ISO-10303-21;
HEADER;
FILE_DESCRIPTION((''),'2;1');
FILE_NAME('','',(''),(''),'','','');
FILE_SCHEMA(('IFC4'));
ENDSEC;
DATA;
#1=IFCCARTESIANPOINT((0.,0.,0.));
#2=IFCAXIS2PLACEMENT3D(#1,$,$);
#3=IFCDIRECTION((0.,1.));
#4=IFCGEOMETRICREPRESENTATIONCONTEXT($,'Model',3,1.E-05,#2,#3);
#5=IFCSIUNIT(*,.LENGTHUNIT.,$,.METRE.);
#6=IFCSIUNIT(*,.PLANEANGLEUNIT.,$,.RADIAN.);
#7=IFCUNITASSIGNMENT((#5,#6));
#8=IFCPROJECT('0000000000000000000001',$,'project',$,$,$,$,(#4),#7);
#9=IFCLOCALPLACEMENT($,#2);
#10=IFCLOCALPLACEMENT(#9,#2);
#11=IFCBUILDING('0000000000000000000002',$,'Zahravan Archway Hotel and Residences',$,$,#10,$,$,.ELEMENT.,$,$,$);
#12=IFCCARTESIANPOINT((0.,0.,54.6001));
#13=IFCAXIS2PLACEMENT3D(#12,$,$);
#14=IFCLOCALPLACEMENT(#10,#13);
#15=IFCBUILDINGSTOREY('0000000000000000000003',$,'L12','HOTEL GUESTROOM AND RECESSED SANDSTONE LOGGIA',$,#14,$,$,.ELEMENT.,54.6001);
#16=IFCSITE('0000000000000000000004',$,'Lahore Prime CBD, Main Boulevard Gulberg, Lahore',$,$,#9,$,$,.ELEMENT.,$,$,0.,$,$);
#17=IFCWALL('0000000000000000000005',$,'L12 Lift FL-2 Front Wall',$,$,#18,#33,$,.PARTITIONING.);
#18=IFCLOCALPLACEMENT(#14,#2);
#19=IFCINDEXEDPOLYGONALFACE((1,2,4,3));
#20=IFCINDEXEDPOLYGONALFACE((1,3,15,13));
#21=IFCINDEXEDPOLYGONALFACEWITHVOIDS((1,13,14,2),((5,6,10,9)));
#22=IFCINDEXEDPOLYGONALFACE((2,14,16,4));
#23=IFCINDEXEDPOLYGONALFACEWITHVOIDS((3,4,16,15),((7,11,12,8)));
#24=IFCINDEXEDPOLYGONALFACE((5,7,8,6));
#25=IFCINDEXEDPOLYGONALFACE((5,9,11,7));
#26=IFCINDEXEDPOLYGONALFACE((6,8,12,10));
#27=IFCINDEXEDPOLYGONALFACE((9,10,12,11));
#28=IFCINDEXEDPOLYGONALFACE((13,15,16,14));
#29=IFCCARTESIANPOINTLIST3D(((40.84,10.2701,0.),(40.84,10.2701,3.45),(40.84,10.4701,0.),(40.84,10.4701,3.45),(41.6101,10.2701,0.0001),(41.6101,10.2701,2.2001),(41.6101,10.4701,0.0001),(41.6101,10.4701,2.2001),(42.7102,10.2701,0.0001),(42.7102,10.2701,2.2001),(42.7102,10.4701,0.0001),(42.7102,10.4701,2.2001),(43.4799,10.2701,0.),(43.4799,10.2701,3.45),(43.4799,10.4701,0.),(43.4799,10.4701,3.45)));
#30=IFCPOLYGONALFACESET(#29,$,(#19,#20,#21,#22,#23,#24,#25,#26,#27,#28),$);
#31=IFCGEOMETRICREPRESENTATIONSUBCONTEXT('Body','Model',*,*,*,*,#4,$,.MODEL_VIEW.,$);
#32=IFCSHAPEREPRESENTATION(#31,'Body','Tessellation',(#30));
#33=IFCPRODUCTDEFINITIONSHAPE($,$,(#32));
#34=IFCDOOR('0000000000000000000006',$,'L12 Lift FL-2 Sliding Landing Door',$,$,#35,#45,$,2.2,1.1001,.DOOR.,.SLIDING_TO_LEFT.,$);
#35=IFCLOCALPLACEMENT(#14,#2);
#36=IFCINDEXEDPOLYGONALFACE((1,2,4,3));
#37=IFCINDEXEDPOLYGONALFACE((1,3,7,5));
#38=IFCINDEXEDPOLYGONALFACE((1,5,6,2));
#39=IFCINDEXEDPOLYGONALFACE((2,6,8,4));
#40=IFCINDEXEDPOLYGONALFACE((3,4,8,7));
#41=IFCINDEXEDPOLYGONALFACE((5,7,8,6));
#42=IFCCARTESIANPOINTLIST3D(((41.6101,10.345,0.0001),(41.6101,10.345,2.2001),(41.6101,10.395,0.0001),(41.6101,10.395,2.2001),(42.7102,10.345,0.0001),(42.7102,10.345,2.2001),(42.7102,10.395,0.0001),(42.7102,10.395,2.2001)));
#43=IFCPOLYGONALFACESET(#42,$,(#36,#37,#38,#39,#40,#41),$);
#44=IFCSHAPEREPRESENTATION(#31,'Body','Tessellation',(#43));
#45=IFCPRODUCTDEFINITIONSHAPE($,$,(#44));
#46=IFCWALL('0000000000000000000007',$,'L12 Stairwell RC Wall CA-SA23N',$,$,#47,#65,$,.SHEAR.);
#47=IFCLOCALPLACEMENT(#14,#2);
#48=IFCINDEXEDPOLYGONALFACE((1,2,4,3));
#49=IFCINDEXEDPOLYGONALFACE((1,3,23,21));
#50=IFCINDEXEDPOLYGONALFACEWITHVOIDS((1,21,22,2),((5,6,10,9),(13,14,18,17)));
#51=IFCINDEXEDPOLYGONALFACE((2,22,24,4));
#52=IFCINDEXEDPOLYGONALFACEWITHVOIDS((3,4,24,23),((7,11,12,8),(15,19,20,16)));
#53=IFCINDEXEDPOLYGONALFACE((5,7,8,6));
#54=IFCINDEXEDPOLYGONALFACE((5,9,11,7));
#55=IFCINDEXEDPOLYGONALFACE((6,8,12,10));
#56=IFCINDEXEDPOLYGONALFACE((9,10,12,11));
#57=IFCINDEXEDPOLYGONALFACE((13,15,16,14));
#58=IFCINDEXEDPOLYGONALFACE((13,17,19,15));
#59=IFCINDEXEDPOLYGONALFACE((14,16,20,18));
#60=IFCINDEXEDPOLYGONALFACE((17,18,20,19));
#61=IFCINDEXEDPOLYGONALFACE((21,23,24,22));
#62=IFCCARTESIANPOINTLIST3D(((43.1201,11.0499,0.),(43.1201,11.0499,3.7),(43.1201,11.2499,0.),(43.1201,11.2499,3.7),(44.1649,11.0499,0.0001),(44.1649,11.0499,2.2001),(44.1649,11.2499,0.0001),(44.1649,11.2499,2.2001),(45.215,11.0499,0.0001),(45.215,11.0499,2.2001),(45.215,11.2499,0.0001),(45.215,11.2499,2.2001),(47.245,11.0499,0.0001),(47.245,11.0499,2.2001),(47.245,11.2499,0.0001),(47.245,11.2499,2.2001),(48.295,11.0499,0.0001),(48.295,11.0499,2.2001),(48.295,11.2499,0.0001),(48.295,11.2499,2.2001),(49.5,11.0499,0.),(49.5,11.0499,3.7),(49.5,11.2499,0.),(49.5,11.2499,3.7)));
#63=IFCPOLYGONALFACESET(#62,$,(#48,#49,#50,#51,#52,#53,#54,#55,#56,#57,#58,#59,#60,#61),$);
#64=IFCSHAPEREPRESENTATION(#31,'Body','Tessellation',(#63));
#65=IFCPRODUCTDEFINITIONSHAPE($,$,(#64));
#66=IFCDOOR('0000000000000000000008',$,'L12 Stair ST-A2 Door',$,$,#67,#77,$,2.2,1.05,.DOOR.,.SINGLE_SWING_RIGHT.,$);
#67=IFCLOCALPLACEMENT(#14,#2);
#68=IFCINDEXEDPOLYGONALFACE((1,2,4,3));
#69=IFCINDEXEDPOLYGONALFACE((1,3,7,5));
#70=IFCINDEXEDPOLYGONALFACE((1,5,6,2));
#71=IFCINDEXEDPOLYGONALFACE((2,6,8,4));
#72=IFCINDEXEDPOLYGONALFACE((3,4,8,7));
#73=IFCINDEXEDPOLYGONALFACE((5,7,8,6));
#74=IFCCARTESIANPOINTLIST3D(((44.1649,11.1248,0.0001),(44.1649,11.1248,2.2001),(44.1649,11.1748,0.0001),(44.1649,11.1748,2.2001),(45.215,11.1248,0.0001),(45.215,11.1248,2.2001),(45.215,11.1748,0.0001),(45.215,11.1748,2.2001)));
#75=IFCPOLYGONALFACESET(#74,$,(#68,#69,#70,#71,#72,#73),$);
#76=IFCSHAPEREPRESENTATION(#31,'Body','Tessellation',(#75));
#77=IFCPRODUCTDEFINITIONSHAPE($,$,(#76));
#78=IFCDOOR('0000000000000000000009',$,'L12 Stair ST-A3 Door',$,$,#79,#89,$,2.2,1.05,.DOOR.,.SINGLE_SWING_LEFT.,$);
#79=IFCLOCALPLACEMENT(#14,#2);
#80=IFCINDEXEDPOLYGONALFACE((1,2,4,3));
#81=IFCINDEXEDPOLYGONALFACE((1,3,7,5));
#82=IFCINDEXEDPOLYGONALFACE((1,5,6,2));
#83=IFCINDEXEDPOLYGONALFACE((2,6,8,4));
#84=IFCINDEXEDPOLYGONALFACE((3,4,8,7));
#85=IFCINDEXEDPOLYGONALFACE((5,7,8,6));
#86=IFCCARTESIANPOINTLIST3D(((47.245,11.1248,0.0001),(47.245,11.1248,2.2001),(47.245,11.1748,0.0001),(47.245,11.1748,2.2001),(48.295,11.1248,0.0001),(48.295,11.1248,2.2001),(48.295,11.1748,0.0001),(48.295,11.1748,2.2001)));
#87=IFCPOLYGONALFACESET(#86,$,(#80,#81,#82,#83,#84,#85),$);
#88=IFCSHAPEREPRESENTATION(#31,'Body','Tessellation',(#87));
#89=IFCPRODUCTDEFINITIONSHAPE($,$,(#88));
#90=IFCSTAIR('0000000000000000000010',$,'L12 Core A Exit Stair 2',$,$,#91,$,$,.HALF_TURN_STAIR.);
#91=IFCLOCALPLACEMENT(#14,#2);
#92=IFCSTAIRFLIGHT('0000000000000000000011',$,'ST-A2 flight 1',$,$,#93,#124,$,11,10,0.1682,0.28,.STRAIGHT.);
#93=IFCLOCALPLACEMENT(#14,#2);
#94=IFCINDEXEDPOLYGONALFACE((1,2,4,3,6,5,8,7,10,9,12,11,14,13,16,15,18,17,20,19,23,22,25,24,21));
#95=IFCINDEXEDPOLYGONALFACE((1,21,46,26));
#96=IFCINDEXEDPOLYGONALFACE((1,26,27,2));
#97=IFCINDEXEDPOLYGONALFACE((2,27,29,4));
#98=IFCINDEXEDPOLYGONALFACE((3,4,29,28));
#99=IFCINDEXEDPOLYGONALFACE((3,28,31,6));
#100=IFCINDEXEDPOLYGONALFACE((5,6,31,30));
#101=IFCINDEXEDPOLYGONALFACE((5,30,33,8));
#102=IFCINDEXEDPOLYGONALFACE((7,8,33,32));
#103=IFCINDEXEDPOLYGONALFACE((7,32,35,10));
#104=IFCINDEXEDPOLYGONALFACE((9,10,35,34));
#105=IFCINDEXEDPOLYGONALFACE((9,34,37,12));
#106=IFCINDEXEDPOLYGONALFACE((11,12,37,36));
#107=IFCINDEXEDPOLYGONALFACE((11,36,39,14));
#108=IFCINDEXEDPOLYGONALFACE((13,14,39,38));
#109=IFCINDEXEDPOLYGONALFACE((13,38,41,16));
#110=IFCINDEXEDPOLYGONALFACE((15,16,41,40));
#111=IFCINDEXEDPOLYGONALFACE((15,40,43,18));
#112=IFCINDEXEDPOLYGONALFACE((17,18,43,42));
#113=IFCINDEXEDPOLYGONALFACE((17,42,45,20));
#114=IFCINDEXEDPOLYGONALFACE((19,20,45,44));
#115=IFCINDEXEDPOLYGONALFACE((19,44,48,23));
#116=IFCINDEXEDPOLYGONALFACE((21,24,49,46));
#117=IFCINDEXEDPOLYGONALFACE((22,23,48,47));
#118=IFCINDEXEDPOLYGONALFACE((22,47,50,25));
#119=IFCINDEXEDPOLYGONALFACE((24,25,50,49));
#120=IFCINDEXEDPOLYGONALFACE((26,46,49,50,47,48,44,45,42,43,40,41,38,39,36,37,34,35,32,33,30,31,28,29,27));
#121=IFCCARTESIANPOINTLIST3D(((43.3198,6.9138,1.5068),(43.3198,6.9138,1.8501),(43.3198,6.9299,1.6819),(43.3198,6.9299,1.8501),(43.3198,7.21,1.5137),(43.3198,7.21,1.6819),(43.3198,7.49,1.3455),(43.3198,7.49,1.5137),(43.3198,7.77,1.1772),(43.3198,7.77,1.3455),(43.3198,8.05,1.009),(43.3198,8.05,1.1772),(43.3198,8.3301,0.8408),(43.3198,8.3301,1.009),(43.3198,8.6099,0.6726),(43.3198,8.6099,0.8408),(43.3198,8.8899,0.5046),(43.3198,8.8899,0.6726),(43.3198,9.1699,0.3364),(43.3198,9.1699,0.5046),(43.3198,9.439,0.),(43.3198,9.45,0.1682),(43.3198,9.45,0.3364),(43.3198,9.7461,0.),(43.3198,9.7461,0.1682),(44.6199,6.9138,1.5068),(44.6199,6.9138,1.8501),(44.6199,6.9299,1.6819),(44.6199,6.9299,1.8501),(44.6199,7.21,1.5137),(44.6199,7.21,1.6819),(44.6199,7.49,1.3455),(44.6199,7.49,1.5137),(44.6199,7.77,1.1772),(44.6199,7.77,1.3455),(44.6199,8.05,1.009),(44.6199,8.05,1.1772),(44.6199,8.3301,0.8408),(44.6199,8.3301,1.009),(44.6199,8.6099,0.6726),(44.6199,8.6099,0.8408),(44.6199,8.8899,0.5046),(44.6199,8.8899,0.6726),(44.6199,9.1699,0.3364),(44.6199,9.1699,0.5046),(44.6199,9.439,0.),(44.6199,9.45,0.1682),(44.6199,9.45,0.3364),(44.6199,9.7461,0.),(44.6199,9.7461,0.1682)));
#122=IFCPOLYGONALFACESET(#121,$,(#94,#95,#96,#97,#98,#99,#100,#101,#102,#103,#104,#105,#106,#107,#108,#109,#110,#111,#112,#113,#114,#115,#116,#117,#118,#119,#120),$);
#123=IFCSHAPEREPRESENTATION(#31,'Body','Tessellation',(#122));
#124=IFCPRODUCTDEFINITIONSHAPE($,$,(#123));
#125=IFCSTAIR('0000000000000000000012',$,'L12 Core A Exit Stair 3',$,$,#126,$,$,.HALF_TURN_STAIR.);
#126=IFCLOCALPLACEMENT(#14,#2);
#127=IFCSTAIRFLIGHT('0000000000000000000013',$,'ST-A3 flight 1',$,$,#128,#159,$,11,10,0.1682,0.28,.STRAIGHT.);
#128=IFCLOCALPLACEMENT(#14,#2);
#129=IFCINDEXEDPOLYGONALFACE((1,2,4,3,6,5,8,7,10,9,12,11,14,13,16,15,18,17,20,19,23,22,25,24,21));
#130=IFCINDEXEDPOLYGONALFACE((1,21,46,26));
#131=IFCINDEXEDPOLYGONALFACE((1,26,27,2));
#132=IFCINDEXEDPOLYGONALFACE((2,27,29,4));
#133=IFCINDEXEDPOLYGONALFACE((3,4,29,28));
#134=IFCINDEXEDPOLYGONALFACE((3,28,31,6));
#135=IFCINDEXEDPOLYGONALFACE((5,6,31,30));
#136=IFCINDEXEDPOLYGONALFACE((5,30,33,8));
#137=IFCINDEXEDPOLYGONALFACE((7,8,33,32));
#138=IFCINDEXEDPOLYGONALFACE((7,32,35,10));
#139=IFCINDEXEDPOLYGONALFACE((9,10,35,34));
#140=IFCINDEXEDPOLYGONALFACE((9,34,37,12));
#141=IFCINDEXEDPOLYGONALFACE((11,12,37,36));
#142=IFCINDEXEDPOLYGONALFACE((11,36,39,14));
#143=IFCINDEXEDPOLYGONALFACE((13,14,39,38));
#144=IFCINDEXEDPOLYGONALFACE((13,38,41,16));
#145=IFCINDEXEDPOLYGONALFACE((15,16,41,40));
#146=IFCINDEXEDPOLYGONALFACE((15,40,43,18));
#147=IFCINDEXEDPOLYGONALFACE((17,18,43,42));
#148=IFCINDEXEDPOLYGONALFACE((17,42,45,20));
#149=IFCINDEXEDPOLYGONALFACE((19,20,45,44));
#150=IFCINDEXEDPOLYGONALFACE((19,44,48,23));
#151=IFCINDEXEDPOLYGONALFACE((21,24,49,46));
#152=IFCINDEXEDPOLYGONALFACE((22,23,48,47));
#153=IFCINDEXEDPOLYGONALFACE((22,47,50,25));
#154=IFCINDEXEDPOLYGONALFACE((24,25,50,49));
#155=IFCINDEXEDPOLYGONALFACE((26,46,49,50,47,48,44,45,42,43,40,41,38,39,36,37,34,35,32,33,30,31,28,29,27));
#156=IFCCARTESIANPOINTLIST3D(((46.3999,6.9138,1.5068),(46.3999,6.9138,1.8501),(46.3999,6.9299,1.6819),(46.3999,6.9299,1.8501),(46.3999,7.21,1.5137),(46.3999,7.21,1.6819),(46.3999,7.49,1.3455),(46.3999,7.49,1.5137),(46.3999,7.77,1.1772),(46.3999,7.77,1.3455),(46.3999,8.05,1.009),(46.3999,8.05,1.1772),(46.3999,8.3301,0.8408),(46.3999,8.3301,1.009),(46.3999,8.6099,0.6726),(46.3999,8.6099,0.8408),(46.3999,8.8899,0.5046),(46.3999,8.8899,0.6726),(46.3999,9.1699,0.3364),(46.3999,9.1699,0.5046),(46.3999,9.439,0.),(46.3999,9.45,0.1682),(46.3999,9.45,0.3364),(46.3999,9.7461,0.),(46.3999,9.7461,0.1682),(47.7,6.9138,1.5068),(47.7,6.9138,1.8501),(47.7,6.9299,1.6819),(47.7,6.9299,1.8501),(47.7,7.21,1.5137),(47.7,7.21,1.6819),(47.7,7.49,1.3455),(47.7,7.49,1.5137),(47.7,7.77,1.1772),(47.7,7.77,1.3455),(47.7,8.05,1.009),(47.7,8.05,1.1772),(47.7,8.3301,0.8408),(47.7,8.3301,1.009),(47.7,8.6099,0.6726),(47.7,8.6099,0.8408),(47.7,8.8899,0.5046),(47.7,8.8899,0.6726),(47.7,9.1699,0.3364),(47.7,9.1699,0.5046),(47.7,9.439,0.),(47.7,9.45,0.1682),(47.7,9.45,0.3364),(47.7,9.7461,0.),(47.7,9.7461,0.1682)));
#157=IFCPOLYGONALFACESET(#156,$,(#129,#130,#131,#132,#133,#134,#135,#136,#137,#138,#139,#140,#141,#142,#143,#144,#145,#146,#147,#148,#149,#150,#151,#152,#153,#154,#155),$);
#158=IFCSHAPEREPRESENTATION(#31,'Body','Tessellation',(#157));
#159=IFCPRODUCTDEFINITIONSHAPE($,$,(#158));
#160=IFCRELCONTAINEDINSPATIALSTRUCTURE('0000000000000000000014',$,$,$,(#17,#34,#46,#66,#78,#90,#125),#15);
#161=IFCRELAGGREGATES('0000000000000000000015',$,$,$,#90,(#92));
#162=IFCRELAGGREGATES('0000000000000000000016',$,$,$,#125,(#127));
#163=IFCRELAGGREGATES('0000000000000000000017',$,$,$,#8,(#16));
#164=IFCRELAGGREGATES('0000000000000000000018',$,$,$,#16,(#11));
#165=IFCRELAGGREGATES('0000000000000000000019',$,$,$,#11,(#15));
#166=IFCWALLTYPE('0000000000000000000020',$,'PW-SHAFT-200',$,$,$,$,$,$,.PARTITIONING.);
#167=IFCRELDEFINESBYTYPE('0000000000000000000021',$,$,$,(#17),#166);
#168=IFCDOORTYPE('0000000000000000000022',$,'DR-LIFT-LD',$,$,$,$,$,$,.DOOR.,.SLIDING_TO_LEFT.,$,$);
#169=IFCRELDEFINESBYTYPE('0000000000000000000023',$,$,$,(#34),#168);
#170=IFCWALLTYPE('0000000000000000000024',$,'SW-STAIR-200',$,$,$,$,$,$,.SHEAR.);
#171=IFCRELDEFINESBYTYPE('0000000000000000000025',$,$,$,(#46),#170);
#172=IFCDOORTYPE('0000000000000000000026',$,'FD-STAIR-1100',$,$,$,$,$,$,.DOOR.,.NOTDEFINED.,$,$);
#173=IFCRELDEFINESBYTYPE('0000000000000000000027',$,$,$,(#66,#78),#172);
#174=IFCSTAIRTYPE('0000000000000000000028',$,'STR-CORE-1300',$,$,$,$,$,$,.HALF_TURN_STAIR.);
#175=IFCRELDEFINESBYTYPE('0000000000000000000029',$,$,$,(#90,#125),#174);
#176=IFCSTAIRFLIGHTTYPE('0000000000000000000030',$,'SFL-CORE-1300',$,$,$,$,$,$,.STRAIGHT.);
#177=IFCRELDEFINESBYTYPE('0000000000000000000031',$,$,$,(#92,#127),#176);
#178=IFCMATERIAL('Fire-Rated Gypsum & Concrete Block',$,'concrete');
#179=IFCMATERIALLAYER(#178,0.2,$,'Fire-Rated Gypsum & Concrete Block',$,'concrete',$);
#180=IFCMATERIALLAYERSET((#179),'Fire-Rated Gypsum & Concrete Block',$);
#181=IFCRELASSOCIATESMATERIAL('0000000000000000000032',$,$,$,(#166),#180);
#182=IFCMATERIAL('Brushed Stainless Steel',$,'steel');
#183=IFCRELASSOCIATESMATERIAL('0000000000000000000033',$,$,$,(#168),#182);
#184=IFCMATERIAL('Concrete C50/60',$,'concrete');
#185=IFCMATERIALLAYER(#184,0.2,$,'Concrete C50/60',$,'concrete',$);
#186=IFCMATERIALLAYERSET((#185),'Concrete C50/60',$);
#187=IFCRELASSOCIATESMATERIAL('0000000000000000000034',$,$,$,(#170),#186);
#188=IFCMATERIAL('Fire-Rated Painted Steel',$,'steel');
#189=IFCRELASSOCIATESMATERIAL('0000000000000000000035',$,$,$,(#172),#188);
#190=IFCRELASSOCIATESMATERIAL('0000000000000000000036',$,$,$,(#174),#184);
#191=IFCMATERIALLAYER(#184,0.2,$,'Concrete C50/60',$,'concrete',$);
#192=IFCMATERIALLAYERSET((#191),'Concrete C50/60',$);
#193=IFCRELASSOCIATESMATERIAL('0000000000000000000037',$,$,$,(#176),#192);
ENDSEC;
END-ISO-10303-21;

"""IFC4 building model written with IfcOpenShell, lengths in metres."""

from ifc_helpers import new_model, si_unit, direction, frame, frame_2d, origin, place, context, subcontext, project, spatial, polyline, rectangle, outline, extrude, source, transform, mapped, material, layer, layer_set, type_object, type_shapes, element, fill, aggregate, save


model = new_model("IFC4")

# Units and contexts
model_context = context("Model", 3, precision=1e-05, world=origin(), true_north=direction((0.0, 1.0)))
body_context = subcontext(model_context, "Body", "Model", "MODEL_VIEW")
ifc_project = project(units=[si_unit("LENGTHUNIT", "METRE"), si_unit("PLANEANGLEUNIT", "RADIAN")], contexts=[model_context])

# Site, building, storey
site_placement = place(None, origin())
site = spatial("IfcSite", under=ifc_project, at=site_placement, Name="Lahore Prime CBD, Main Boulevard Gulberg, Lahore", CompositionType="ELEMENT", RefElevation=0.0)
building_placement = place(site_placement, origin())
building = spatial("IfcBuilding", under=site, at=building_placement, Name="Zahravan Archway Hotel and Residences", CompositionType="ELEMENT")
storey_placement = place(building_placement, frame((0.0, 0.0, 54.6001)))
storey = spatial("IfcBuildingStorey", under=building, at=storey_placement, Name="L12", Description="HOTEL GUESTROOM AND RECESSED SANDSTONE LOGGIA", CompositionType="ELEMENT", Elevation=54.6001)

# Shared definitions
ifc_material_1 = material(Name="Fire-Rated Gypsum & Concrete Block", Category="concrete")
ifc_material_2 = material(Name="Fire-Rated Painted Steel", Category="steel")

# Shared definitions
ifc_layer_1 = layer(ifc_material_1, 0.2, Name="Fire-Rated Gypsum & Concrete Block", Category="concrete")
ifc_layer_set_1 = layer_set([ifc_layer_1], Name="Fire-Rated Gypsum & Concrete Block")
wall_type_1 = type_object("IfcWallType", Name="PW-SHAFT-200", PredefinedType="PARTITIONING", material=ifc_layer_set_1)

# Wall, opening, door
wall_1_placement = place(storey_placement, frame((40.8401, 10.3701, 0.0), z_axis=(0.0, 0.0, 1.0), x_axis=(1.0, 0.0, 0.0)))
wall_1 = element("IfcWall", 1, at=wall_1_placement, inside=storey, type_object=wall_type_1, Name="L12 Lift FL-2 Front Wall", PredefinedType="PARTITIONING", context=body_context, shape_type="SweptSolid", body=[
    extrude(rectangle(XDim=2.6399, YDim=0.2, at=frame_2d((1.3198, 0.0))), origin(), (0.0, 0.0, 1.0), 3.45),
])
opening_1_placement = place(wall_1_placement, frame((0.77, 0.0, 0.0)))
opening_1 = element("IfcOpeningElement", 2, at=opening_1_placement, cuts=wall_1, PredefinedType="OPENING", context=body_context, shape_type="SweptSolid", body=[
    extrude(rectangle(XDim=1.1001, YDim=2.2, at=frame_2d((0.55, 1.1001))), frame((0.0, 0.1099, 0.0), z_axis=(0.0, -1.0, 0.0), x_axis=(1.0, 0.0, 0.0)), (0.0, 0.0, 1.0), 0.22),
])
ifc_material_3 = material(Name="Brushed Stainless Steel", Category="steel")
door_type_1 = type_object("IfcDoorType", Name="DR-LIFT-LD", OperationType="SLIDING_TO_LEFT", PredefinedType="DOOR", material=ifc_material_3)
shared_shape_1 = source(origin(), body_context, "Body", "SweptSolid", [
    extrude(rectangle(XDim=1.1001, YDim=2.2, at=frame_2d((0.55, 1.1001))), frame((0.0, 0.0249, 0.0), z_axis=(0.0, -1.0, 0.0), x_axis=(1.0, 0.0, 0.0)), (0.0, 0.0, 1.0), 0.05),
])
type_shapes(door_type_1, [shared_shape_1])
door_1_placement = place(opening_1_placement, origin())
door_1 = element("IfcDoor", 3, at=door_1_placement, inside=storey, type_object=door_type_1, Name="L12 Lift FL-2 Sliding Landing Door", OperationType="SLIDING_TO_LEFT", OverallHeight=2.2, OverallWidth=1.1001, PredefinedType="DOOR", context=body_context, shape_type="MappedRepresentation", body=[
    mapped(shared_shape_1, transform((0.0, 0.0, 0.0), scale=1.0)),
])
fill(opening_1, door_1)

# Wall, openings, doors
ifc_material_4 = material(Name="Concrete C50/60", Category="concrete")
ifc_layer_2 = layer(ifc_material_4, 0.2, Name="Concrete C50/60", Category="concrete")
ifc_layer_set_2 = layer_set([ifc_layer_2], Name="Concrete C50/60")
wall_type_2 = type_object("IfcWallType", Name="SW-STAIR-200", PredefinedType="SHEAR", material=ifc_layer_set_2)
wall_2_placement = place(storey_placement, frame((43.1201, 11.1499, 0.0), z_axis=(0.0, 0.0, 1.0), x_axis=(1.0, 0.0, 0.0)))
wall_2 = element("IfcWall", 4, at=wall_2_placement, inside=storey, type_object=wall_type_2, Name="L12 Stairwell RC Wall CA-SA23N", PredefinedType="SHEAR", context=body_context, shape_type="SweptSolid", body=[
    extrude(rectangle(XDim=6.3799, YDim=0.2, at=frame_2d((3.1899, 0.0))), origin(), (0.0, 0.0, 1.0), 3.7),
])
opening_2_placement = place(wall_2_placement, frame((1.0449, 0.0, 0.0)))
opening_2 = element("IfcOpeningElement", 5, at=opening_2_placement, cuts=wall_2, PredefinedType="OPENING", context=body_context, shape_type="SweptSolid", body=[
    extrude(rectangle(XDim=1.05, YDim=2.2, at=frame_2d((0.5249, 1.1001))), frame((0.0, 0.1099, 0.0), z_axis=(0.0, -1.0, 0.0), x_axis=(1.0, 0.0, 0.0)), (0.0, 0.0, 1.0), 0.22),
])
opening_3_placement = place(wall_2_placement, frame((4.125, 0.0, 0.0)))
opening_3 = element("IfcOpeningElement", 6, at=opening_3_placement, cuts=wall_2, PredefinedType="OPENING", context=body_context, shape_type="SweptSolid", body=[
    extrude(rectangle(XDim=1.05, YDim=2.2, at=frame_2d((0.5249, 1.1001))), frame((0.0, 0.1099, 0.0), z_axis=(0.0, -1.0, 0.0), x_axis=(1.0, 0.0, 0.0)), (0.0, 0.0, 1.0), 0.22),
])
door_type_2 = type_object("IfcDoorType", Name="FD-STAIR-1100", OperationType="NOTDEFINED", PredefinedType="DOOR", material=ifc_material_2)
shared_shape_2 = source(origin(), body_context, "Body", "SweptSolid", [
    extrude(rectangle(XDim=1.05, YDim=2.2, at=frame_2d((0.5249, 1.1001))), frame((0.0, 0.0249, 0.0), z_axis=(0.0, -1.0, 0.0), x_axis=(1.0, 0.0, 0.0)), (0.0, 0.0, 1.0), 0.05),
])
type_shapes(door_type_2, [shared_shape_2])
door_2_placement = place(opening_2_placement, origin())
door_2 = element("IfcDoor", 7, at=door_2_placement, inside=storey, type_object=door_type_2, Name="L12 Stair ST-A2 Door", OperationType="SINGLE_SWING_RIGHT", OverallHeight=2.2, OverallWidth=1.05, PredefinedType="DOOR", context=body_context, shape_type="MappedRepresentation", body=[
    mapped(shared_shape_2, transform((0.0, 0.0, 0.0), scale=1.0)),
])
fill(opening_2, door_2)
door_3_placement = place(opening_3_placement, origin())
door_3 = element("IfcDoor", 8, at=door_3_placement, inside=storey, type_object=door_type_2, Name="L12 Stair ST-A3 Door", OperationType="SINGLE_SWING_LEFT", OverallHeight=2.2, OverallWidth=1.05, PredefinedType="DOOR", context=body_context, shape_type="MappedRepresentation", body=[
    mapped(shared_shape_2, transform((0.0, 0.0, 0.0), scale=1.0)),
])
fill(opening_3, door_3)

# Stairs, stair flights
stair_type = type_object("IfcStairType", Name="STR-CORE-1300", PredefinedType="HALF_TURN_STAIR", material=ifc_material_4)
stair_1_placement = place(storey_placement, origin())
stair_1 = element("IfcStair", 9, at=stair_1_placement, inside=storey, type_object=stair_type, Name="L12 Core A Exit Stair 2", PredefinedType="HALF_TURN_STAIR")
ifc_layer_3 = layer(ifc_material_4, 0.2, Name="Concrete C50/60", Category="concrete")
ifc_layer_set_3 = layer_set([ifc_layer_3], Name="Concrete C50/60")
stair_flight_type = type_object("IfcStairFlightType", Name="SFL-CORE-1300", PredefinedType="STRAIGHT", material=ifc_layer_set_3)
shared_shape_3 = source(origin(), body_context, "Body", "SweptSolid", [
    extrude(outline(polyline([(-0.0161, 0.0), (-0.0161, 0.1682), (0.28, 0.1682), (0.28, 0.3364), (0.5601, 0.3364), (0.5601, 0.5046), (0.8401, 0.5046), (0.8401, 0.6726), (1.1201, 0.6726), (1.1201, 0.8408), (1.3999, 0.8408), (1.3999, 1.009), (1.6799, 1.009), (1.6799, 1.1772), (1.96, 1.1772), (1.96, 1.3455), (2.24, 1.3455), (2.24, 1.5137), (2.52, 1.5137), (2.52, 1.6819), (2.8, 1.6819), (2.8, 1.8501), (2.8162, 1.8501), (2.8162, 1.5068), (0.291, 0.0), (-0.0161, 0.0)])), frame((0.0, 0.6499, 0.0), z_axis=(0.0, -1.0, 0.0), x_axis=(1.0, 0.0, 0.0)), (0.0, 0.0, 1.0), 1.3),
])
stair_flight_1_placement = place(storey_placement, frame((43.97, 9.73, 0.0), z_axis=(0.0, 0.0, 1.0), x_axis=(0.0, -1.0, 0.0)))
stair_flight_1 = element("IfcStairFlight", 10, at=stair_flight_1_placement, type_object=stair_flight_type, Name="ST-A2 flight 1", NumberOfRisers=11, NumberOfTreads=10, PredefinedType="STRAIGHT", RiserHeight=0.1682, TreadLength=0.28, context=body_context, shape_type="MappedRepresentation", body=[
    mapped(shared_shape_3, transform((0.0, 0.0, 0.0), scale=1.0)),
])
aggregate(stair_1, [stair_flight_1])
stair_2_placement = place(storey_placement, origin())
stair_2 = element("IfcStair", 11, at=stair_2_placement, inside=storey, type_object=stair_type, Name="L12 Core A Exit Stair 3", PredefinedType="HALF_TURN_STAIR")
stair_flight_2_placement = place(storey_placement, frame((47.05, 9.73, 0.0), z_axis=(0.0, 0.0, 1.0), x_axis=(0.0, -1.0, 0.0)))
stair_flight_2 = element("IfcStairFlight", 12, at=stair_flight_2_placement, type_object=stair_flight_type, Name="ST-A3 flight 1", NumberOfRisers=11, NumberOfTreads=10, PredefinedType="STRAIGHT", RiserHeight=0.1682, TreadLength=0.28, context=body_context, shape_type="MappedRepresentation", body=[
    mapped(shared_shape_3, transform((0.0, 0.0, 0.0), scale=1.0)),
])
aggregate(stair_2, [stair_flight_2])

save(model, "model.ifc")
